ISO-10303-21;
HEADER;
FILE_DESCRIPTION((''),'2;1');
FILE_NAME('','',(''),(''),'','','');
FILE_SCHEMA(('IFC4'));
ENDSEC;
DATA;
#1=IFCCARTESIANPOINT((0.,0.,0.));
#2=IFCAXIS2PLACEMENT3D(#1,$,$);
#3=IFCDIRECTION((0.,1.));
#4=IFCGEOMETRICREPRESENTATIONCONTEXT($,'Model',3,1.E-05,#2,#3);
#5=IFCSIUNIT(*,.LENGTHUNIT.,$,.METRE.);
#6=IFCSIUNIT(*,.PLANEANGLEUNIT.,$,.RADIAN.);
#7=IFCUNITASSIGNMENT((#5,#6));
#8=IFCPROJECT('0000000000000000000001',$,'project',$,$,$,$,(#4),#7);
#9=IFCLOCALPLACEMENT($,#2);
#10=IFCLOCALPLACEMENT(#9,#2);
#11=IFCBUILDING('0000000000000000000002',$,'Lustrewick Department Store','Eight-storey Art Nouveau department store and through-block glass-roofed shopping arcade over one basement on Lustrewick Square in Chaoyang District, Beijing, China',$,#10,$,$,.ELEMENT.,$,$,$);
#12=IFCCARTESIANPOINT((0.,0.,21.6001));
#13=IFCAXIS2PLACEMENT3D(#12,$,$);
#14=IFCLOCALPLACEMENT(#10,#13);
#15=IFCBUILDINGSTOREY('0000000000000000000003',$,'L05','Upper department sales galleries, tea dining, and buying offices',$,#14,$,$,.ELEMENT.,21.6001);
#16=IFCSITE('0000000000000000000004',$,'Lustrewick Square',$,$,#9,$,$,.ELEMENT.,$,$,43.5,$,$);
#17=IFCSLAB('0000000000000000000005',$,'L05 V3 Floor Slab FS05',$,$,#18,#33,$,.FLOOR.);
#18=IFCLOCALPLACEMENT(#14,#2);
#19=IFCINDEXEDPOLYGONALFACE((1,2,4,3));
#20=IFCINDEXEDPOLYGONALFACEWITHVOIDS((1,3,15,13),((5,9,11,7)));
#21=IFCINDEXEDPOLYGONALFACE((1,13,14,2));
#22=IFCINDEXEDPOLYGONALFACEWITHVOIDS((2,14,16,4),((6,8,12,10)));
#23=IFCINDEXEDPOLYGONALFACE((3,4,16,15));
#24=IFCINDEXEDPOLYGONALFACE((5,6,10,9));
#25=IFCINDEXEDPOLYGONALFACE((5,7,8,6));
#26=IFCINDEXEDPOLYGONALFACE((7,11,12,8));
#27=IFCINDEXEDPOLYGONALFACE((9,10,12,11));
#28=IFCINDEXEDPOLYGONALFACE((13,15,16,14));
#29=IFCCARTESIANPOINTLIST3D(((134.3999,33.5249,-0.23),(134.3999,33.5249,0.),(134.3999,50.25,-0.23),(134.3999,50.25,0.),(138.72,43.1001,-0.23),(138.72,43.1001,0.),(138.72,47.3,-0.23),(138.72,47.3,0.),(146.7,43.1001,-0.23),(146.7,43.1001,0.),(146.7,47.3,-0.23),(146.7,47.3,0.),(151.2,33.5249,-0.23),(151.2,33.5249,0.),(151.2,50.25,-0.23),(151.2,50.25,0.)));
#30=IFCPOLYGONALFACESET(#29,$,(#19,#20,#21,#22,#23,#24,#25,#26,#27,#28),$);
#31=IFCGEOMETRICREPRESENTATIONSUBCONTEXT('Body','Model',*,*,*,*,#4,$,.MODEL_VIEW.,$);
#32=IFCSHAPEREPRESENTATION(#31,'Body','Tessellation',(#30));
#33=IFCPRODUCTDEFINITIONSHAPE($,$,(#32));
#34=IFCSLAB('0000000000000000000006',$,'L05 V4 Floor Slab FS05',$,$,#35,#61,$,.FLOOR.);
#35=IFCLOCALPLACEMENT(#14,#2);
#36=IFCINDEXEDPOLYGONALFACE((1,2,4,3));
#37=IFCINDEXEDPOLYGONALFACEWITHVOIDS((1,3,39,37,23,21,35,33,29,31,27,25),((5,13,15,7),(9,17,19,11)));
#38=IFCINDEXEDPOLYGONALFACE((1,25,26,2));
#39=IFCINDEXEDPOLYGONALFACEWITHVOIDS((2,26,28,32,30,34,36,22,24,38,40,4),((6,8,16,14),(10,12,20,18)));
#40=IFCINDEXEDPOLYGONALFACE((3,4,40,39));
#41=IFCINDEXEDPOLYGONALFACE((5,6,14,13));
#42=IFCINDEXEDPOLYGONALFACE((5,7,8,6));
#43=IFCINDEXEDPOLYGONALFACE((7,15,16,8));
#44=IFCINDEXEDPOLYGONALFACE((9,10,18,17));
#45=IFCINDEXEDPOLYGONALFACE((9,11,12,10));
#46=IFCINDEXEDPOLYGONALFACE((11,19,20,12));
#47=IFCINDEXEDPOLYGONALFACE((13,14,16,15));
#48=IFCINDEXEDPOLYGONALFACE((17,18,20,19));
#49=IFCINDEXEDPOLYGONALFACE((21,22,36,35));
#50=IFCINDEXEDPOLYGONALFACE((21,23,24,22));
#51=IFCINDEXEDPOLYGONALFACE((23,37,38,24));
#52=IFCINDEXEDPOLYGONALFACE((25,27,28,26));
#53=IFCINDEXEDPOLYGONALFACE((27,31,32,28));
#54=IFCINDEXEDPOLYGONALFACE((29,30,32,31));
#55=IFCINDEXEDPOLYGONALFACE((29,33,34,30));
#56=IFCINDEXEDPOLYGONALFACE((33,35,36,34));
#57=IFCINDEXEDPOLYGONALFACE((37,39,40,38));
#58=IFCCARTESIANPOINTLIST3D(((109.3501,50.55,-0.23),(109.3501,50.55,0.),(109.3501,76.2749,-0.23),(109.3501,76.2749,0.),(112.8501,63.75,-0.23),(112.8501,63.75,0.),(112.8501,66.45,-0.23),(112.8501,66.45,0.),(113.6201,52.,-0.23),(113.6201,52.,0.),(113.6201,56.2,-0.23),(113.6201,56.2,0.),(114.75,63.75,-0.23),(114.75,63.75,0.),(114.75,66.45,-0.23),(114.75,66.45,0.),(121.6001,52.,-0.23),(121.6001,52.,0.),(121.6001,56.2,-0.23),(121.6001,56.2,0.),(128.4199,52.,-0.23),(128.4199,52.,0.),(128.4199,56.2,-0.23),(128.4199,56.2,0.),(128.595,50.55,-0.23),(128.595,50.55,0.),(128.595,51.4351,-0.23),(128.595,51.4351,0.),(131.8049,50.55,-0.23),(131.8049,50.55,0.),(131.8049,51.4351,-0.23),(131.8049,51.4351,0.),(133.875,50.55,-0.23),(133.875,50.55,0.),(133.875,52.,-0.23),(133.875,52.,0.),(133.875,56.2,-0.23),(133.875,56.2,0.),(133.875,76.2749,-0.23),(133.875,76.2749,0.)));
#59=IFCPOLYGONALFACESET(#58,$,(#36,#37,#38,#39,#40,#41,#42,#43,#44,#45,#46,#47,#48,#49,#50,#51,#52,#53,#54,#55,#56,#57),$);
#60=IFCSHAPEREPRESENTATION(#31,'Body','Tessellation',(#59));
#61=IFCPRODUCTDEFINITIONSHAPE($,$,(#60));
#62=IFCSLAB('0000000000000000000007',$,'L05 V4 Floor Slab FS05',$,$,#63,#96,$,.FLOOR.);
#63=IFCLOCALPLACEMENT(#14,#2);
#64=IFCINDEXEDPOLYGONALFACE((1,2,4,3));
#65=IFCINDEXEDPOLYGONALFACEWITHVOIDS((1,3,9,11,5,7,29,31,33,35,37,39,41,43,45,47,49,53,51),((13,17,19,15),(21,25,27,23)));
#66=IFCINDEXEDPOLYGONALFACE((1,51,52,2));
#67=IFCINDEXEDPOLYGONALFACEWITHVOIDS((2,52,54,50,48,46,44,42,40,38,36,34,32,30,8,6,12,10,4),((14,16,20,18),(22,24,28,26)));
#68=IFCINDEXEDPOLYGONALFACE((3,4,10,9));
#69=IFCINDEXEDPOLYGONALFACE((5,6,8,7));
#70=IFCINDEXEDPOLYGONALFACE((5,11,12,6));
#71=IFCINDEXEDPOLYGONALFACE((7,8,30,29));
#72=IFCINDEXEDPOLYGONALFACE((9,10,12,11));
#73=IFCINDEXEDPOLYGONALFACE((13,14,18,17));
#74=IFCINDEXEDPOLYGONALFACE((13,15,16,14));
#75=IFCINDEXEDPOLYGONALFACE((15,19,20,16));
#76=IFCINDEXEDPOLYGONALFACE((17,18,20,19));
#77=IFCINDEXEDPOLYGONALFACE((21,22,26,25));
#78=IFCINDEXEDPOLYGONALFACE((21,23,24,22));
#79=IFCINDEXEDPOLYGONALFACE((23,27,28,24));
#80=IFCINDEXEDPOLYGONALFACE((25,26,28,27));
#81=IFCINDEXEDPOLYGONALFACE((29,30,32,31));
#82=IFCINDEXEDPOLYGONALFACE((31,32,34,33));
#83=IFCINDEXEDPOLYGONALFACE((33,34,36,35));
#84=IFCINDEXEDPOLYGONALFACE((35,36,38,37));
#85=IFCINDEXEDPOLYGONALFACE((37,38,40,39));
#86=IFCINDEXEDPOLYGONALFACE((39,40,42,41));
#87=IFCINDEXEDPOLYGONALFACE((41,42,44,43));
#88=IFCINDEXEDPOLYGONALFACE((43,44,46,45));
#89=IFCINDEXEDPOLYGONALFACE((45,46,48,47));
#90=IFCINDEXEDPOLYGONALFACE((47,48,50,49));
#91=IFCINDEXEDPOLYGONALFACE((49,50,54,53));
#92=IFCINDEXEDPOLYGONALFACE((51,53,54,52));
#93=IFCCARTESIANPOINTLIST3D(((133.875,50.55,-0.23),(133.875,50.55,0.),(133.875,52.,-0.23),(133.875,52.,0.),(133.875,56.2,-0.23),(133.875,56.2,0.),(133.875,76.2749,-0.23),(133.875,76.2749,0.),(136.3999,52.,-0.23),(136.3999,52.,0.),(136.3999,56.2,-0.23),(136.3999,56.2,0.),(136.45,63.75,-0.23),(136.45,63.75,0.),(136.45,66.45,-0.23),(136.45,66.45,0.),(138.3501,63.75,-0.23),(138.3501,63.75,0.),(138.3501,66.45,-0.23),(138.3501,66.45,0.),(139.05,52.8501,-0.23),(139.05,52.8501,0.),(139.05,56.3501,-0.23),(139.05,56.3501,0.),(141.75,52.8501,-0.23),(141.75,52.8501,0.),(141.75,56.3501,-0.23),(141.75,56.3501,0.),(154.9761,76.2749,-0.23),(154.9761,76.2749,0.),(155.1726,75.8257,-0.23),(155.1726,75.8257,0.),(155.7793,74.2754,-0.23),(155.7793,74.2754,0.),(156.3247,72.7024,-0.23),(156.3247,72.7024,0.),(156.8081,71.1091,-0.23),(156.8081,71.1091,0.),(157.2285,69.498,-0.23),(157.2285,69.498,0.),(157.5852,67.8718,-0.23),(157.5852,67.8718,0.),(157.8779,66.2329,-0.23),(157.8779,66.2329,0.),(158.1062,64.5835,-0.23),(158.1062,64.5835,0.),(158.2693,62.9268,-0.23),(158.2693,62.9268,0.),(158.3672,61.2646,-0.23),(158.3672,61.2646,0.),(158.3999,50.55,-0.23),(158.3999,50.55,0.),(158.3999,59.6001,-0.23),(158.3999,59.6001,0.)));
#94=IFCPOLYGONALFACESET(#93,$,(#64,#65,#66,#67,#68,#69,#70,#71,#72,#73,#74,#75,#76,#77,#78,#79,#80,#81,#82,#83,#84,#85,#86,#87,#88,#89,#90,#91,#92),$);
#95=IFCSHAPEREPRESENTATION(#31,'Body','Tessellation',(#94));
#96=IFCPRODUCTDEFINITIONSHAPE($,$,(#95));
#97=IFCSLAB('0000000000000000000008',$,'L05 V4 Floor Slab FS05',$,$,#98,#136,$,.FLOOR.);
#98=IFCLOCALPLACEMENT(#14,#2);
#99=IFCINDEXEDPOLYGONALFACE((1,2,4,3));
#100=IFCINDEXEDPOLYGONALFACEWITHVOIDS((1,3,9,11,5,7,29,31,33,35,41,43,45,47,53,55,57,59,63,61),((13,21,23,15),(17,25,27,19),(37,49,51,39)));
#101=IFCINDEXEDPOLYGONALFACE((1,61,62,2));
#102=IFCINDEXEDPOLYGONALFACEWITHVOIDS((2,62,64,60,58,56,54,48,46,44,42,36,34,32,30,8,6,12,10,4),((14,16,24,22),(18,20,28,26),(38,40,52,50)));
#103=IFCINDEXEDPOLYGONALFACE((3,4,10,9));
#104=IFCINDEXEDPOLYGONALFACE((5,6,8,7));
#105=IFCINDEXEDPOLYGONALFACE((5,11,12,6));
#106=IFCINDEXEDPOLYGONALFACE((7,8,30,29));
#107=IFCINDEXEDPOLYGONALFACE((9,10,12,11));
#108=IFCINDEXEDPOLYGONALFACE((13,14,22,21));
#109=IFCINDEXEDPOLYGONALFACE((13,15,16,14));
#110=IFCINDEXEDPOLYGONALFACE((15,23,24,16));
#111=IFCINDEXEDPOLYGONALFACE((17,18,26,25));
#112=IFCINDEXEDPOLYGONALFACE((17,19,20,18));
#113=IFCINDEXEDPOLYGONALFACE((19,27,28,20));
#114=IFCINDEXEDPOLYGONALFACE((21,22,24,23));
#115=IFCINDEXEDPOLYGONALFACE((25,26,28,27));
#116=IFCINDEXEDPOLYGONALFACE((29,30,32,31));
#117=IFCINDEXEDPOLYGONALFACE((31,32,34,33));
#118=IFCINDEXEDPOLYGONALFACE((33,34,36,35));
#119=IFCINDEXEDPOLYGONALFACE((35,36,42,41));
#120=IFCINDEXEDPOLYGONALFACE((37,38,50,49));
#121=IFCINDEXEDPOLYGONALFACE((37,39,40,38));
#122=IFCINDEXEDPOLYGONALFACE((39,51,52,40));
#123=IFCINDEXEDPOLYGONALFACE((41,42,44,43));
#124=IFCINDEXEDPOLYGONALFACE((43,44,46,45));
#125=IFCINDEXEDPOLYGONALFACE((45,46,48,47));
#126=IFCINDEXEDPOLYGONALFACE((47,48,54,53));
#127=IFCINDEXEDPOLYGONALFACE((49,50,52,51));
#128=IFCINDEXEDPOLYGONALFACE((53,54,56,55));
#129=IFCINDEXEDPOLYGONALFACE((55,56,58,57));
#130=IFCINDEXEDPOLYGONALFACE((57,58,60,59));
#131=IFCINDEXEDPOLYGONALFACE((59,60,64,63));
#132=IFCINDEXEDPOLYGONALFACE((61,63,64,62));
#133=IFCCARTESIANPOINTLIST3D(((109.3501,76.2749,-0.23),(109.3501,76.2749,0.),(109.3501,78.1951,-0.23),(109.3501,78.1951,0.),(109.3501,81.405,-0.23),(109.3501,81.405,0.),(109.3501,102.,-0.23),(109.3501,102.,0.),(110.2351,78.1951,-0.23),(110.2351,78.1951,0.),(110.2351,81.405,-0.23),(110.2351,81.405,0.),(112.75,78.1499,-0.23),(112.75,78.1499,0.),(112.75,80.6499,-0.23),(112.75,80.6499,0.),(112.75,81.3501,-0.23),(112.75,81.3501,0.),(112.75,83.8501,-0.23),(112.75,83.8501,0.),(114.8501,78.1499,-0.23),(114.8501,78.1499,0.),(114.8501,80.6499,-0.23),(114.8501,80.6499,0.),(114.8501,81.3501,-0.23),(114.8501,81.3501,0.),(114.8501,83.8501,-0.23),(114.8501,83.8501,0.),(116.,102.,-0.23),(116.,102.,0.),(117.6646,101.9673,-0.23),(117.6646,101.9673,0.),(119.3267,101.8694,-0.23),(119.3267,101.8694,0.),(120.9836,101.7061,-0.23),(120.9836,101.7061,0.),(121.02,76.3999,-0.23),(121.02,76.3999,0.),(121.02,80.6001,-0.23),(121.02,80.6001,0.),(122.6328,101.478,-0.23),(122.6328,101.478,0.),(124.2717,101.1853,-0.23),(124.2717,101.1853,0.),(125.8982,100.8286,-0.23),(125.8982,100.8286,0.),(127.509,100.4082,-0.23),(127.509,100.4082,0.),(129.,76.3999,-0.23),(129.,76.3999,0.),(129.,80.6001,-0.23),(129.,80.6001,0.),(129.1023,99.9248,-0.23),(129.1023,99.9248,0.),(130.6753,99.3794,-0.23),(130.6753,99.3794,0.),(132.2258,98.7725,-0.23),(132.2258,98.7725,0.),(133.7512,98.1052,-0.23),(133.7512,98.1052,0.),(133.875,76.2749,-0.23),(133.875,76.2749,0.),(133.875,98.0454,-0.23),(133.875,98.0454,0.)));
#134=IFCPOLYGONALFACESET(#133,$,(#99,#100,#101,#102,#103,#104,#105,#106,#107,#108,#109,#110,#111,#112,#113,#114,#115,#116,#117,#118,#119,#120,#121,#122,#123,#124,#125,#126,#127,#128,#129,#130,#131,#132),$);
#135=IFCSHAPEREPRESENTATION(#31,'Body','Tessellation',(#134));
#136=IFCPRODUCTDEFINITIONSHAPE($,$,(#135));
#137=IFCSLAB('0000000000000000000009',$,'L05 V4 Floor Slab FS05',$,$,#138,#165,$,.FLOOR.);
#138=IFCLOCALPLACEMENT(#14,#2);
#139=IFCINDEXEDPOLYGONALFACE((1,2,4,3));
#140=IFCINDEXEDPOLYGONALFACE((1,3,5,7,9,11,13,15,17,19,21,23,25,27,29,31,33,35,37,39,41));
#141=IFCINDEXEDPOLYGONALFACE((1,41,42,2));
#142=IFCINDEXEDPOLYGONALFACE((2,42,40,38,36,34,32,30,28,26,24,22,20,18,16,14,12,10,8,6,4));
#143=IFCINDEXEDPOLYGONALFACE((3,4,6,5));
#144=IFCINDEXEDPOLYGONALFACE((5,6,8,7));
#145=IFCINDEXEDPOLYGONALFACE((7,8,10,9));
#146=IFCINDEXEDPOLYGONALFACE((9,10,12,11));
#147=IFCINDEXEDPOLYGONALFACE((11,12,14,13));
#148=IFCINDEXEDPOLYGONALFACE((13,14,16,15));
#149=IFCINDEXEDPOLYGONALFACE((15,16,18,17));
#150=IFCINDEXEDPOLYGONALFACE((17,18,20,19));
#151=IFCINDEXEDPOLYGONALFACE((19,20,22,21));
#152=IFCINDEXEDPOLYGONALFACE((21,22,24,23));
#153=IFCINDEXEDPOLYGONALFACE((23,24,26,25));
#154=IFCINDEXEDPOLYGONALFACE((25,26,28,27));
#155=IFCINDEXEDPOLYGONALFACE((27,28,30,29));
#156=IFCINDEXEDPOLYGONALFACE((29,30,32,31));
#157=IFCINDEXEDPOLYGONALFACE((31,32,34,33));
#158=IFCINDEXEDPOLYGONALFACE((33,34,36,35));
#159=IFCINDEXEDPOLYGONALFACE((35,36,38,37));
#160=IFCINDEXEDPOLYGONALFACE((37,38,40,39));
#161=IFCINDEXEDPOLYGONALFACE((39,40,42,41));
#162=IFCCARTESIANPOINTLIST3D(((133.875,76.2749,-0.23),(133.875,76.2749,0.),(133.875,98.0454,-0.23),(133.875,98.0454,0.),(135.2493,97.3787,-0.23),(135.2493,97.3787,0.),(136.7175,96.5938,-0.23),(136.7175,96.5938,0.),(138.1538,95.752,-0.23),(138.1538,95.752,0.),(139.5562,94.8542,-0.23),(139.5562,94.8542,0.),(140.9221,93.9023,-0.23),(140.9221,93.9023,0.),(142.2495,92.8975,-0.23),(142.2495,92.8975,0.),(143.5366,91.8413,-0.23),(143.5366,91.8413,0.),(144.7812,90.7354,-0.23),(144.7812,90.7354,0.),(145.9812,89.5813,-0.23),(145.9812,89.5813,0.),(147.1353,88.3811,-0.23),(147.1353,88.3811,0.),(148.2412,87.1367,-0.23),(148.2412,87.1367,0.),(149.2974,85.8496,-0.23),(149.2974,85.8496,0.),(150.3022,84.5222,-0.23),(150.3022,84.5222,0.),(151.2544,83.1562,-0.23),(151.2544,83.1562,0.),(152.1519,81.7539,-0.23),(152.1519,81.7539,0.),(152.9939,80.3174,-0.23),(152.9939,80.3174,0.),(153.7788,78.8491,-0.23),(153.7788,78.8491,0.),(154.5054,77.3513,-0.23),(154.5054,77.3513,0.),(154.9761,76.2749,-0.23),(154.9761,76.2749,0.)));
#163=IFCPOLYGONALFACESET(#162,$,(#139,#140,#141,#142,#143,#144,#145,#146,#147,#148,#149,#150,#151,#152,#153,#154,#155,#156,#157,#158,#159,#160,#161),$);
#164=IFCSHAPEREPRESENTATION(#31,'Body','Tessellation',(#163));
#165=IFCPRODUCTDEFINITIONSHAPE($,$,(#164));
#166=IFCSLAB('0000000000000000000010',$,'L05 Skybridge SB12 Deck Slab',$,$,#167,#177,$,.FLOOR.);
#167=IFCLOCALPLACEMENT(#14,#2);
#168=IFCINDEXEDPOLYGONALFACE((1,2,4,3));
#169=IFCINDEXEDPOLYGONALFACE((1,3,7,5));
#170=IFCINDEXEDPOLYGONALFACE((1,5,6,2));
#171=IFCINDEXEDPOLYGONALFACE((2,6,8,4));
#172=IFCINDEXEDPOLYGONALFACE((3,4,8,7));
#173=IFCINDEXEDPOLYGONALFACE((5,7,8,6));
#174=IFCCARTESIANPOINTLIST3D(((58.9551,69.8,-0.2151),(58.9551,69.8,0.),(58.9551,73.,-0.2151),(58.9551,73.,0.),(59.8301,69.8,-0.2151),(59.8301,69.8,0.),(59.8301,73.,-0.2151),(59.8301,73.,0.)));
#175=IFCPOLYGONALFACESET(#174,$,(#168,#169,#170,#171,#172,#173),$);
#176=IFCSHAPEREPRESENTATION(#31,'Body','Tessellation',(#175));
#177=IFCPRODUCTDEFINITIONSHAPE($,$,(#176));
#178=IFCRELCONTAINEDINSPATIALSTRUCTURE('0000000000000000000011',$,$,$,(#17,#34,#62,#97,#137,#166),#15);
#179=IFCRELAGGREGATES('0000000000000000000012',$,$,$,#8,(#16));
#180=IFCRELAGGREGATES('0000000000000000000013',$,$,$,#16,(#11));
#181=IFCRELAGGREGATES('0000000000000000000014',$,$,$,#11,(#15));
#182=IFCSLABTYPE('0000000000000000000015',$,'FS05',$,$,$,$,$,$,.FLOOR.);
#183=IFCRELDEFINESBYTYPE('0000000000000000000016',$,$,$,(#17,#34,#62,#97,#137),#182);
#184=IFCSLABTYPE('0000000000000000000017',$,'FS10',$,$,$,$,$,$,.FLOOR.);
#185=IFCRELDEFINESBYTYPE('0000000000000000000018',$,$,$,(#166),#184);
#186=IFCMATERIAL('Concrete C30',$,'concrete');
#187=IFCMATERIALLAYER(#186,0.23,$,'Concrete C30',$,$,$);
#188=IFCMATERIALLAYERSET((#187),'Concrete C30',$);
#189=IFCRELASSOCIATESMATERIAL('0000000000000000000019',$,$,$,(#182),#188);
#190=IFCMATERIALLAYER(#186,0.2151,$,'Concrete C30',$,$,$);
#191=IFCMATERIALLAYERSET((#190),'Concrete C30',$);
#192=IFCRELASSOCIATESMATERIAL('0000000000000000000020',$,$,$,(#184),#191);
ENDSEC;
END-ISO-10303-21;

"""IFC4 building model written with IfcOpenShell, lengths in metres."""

from ifc_helpers import new_model, si_unit, direction, frame, origin, place, context, subcontext, project, spatial, polyline, outline, extrude, material, layer, layer_set, type_object, element, save


model = new_model("IFC4")

# Units and contexts
model_context = context("Model", 3, precision=1e-05, world=origin(), true_north=direction((0.0, 1.0)))
body_context = subcontext(model_context, "Body", "Model", "MODEL_VIEW")
ifc_project = project(units=[si_unit("LENGTHUNIT", "METRE"), si_unit("PLANEANGLEUNIT", "RADIAN")], contexts=[model_context])

# Site, building, storey
site_placement = place(None, origin())
site = spatial("IfcSite", under=ifc_project, at=site_placement, Name="Lustrewick Square", CompositionType="ELEMENT", RefElevation=43.5)
building_placement = place(site_placement, origin())
building = spatial("IfcBuilding", under=site, at=building_placement, Name="Lustrewick Department Store", Description="Eight-storey Art Nouveau department store and through-block glass-roofed shopping arcade over one basement on Lustrewick Square in Chaoyang District, Beijing, China", CompositionType="ELEMENT")
storey_placement = place(building_placement, frame((0.0, 0.0, 21.6001)))
storey = spatial("IfcBuildingStorey", under=building, at=storey_placement, Name="L05", Description="Upper department sales galleries, tea dining, and buying offices", CompositionType="ELEMENT", Elevation=21.6001)

# Slabs
ifc_material_1 = material(Name="Concrete C30", Category="concrete")
ifc_layer_1 = layer(ifc_material_1, 0.23, Name="Concrete C30")
ifc_layer_set_1 = layer_set([ifc_layer_1], Name="Concrete C30")
slab_type_1 = type_object("IfcSlabType", Name="FS05", PredefinedType="FLOOR", material=ifc_layer_set_1)
slab_1_placement = place(storey_placement, frame((0.0, 0.0, -0.23)))
element("IfcSlab", 1, at=slab_1_placement, inside=storey, type_object=slab_type_1, Name="L05 V3 Floor Slab FS05", PredefinedType="FLOOR", context=body_context, shape_type="SweptSolid", body=[
    extrude(outline(polyline([(151.2, 50.25), (134.3999, 50.25), (134.3999, 33.5249), (151.2, 33.5249), (151.2, 50.25)]), holes=[polyline([(138.72, 43.1001), (138.72, 47.3), (146.7, 47.3), (146.7, 43.1001), (138.72, 43.1001)])]), origin(), (0.0, 0.0, 1.0), 0.23),
])
slab_2_placement = place(storey_placement, frame((0.0, 0.0, -0.23)))
element("IfcSlab", 2, at=slab_2_placement, inside=storey, type_object=slab_type_1, Name="L05 V4 Floor Slab FS05", PredefinedType="FLOOR", context=body_context, shape_type="SweptSolid", body=[
    extrude(outline(polyline([(109.3501, 50.55), (128.595, 50.55), (128.595, 51.4351), (131.8049, 51.4351), (131.8049, 50.55), (133.875, 50.55), (133.875, 52.0), (128.4199, 52.0), (128.4199, 56.2), (133.875, 56.2), (133.875, 76.2749), (109.3501, 76.2749), (109.3501, 50.55)]), holes=[polyline([(113.6201, 52.0), (113.6201, 56.2), (121.6001, 56.2), (121.6001, 52.0), (113.6201, 52.0)]), polyline([(112.8501, 63.75), (112.8501, 66.45), (114.75, 66.45), (114.75, 63.75), (112.8501, 63.75)])]), origin(), (0.0, 0.0, 1.0), 0.23),
])
slab_3_placement = place(storey_placement, frame((0.0, 0.0, -0.23)))
element("IfcSlab", 3, at=slab_3_placement, inside=storey, type_object=slab_type_1, Name="L05 V4 Floor Slab FS05", PredefinedType="FLOOR", context=body_context, shape_type="SweptSolid", body=[
    extrude(outline(polyline([(155.1726, 75.8257), (154.9761, 76.2749), (133.875, 76.2749), (133.875, 56.2), (136.3999, 56.2), (136.3999, 52.0), (133.875, 52.0), (133.875, 50.55), (158.3999, 50.55), (158.3999, 59.6001), (158.3672, 61.2646), (158.2693, 62.9268), (158.1062, 64.5835), (157.8779, 66.2329), (157.5852, 67.8718), (157.2285, 69.498), (156.8081, 71.1091), (156.3247, 72.7024), (155.7793, 74.2754), (155.1726, 75.8257)]), holes=[polyline([(139.05, 52.8501), (139.05, 56.3501), (141.75, 56.3501), (141.75, 52.8501), (139.05, 52.8501)]), polyline([(136.45, 63.75), (136.45, 66.45), (138.3501, 66.45), (138.3501, 63.75), (136.45, 63.75)])]), origin(), (0.0, 0.0, 1.0), 0.23),
])
slab_4_placement = place(storey_placement, frame((0.0, 0.0, -0.23)))
element("IfcSlab", 4, at=slab_4_placement, inside=storey, type_object=slab_type_1, Name="L05 V4 Floor Slab FS05", PredefinedType="FLOOR", context=body_context, shape_type="SweptSolid", body=[
    extrude(outline(polyline([(109.3501, 76.2749), (133.875, 76.2749), (133.875, 98.0454), (133.7512, 98.1052), (132.2258, 98.7725), (130.6753, 99.3794), (129.1023, 99.9248), (127.509, 100.4082), (125.8982, 100.8286), (124.2717, 101.1853), (122.6328, 101.478), (120.9836, 101.7061), (119.3267, 101.8694), (117.6646, 101.9673), (116.0, 102.0), (109.3501, 102.0), (109.3501, 81.405), (110.2351, 81.405), (110.2351, 78.1951), (109.3501, 78.1951), (109.3501, 76.2749)]), holes=[polyline([(121.02, 76.3999), (121.02, 80.6001), (129.0, 80.6001), (129.0, 76.3999), (121.02, 76.3999)]), polyline([(112.75, 78.1499), (112.75, 80.6499), (114.8501, 80.6499), (114.8501, 78.1499), (112.75, 78.1499)]), polyline([(112.75, 81.3501), (112.75, 83.8501), (114.8501, 83.8501), (114.8501, 81.3501), (112.75, 81.3501)])]), origin(), (0.0, 0.0, 1.0), 0.23),
])
slab_5_placement = place(storey_placement, frame((0.0, 0.0, -0.23)))
element("IfcSlab", 5, at=slab_5_placement, inside=storey, type_object=slab_type_1, Name="L05 V4 Floor Slab FS05", PredefinedType="FLOOR", context=body_context, shape_type="SweptSolid", body=[
    extrude(outline(polyline([(135.2493, 97.3787), (133.875, 98.0454), (133.875, 76.2749), (154.9761, 76.2749), (154.5054, 77.3513), (153.7788, 78.8491), (152.9939, 80.3174), (152.1519, 81.7539), (151.2544, 83.1562), (150.3022, 84.5222), (149.2974, 85.8496), (148.2412, 87.1367), (147.1353, 88.3811), (145.9812, 89.5813), (144.7812, 90.7354), (143.5366, 91.8413), (142.2495, 92.8975), (140.9221, 93.9023), (139.5562, 94.8542), (138.1538, 95.752), (136.7175, 96.5938), (135.2493, 97.3787)])), origin(), (0.0, 0.0, 1.0), 0.23),
])
ifc_layer_2 = layer(ifc_material_1, 0.2151, Name="Concrete C30")
ifc_layer_set_2 = layer_set([ifc_layer_2], Name="Concrete C30")
slab_type_2 = type_object("IfcSlabType", Name="FS10", PredefinedType="FLOOR", material=ifc_layer_set_2)
slab_6_placement = place(storey_placement, frame((0.0, 0.0, -0.2151)))
element("IfcSlab", 6, at=slab_6_placement, inside=storey, type_object=slab_type_2, Name="L05 Skybridge SB12 Deck Slab", PredefinedType="FLOOR", context=body_context, shape_type="SweptSolid", body=[
    extrude(outline(polyline([(59.8301, 69.8), (59.8301, 73.0), (58.9551, 73.0), (58.9551, 69.8), (59.8301, 69.8)])), origin(), (0.0, 0.0, 1.0), 0.2151),
])

save(model, "model.ifc")
